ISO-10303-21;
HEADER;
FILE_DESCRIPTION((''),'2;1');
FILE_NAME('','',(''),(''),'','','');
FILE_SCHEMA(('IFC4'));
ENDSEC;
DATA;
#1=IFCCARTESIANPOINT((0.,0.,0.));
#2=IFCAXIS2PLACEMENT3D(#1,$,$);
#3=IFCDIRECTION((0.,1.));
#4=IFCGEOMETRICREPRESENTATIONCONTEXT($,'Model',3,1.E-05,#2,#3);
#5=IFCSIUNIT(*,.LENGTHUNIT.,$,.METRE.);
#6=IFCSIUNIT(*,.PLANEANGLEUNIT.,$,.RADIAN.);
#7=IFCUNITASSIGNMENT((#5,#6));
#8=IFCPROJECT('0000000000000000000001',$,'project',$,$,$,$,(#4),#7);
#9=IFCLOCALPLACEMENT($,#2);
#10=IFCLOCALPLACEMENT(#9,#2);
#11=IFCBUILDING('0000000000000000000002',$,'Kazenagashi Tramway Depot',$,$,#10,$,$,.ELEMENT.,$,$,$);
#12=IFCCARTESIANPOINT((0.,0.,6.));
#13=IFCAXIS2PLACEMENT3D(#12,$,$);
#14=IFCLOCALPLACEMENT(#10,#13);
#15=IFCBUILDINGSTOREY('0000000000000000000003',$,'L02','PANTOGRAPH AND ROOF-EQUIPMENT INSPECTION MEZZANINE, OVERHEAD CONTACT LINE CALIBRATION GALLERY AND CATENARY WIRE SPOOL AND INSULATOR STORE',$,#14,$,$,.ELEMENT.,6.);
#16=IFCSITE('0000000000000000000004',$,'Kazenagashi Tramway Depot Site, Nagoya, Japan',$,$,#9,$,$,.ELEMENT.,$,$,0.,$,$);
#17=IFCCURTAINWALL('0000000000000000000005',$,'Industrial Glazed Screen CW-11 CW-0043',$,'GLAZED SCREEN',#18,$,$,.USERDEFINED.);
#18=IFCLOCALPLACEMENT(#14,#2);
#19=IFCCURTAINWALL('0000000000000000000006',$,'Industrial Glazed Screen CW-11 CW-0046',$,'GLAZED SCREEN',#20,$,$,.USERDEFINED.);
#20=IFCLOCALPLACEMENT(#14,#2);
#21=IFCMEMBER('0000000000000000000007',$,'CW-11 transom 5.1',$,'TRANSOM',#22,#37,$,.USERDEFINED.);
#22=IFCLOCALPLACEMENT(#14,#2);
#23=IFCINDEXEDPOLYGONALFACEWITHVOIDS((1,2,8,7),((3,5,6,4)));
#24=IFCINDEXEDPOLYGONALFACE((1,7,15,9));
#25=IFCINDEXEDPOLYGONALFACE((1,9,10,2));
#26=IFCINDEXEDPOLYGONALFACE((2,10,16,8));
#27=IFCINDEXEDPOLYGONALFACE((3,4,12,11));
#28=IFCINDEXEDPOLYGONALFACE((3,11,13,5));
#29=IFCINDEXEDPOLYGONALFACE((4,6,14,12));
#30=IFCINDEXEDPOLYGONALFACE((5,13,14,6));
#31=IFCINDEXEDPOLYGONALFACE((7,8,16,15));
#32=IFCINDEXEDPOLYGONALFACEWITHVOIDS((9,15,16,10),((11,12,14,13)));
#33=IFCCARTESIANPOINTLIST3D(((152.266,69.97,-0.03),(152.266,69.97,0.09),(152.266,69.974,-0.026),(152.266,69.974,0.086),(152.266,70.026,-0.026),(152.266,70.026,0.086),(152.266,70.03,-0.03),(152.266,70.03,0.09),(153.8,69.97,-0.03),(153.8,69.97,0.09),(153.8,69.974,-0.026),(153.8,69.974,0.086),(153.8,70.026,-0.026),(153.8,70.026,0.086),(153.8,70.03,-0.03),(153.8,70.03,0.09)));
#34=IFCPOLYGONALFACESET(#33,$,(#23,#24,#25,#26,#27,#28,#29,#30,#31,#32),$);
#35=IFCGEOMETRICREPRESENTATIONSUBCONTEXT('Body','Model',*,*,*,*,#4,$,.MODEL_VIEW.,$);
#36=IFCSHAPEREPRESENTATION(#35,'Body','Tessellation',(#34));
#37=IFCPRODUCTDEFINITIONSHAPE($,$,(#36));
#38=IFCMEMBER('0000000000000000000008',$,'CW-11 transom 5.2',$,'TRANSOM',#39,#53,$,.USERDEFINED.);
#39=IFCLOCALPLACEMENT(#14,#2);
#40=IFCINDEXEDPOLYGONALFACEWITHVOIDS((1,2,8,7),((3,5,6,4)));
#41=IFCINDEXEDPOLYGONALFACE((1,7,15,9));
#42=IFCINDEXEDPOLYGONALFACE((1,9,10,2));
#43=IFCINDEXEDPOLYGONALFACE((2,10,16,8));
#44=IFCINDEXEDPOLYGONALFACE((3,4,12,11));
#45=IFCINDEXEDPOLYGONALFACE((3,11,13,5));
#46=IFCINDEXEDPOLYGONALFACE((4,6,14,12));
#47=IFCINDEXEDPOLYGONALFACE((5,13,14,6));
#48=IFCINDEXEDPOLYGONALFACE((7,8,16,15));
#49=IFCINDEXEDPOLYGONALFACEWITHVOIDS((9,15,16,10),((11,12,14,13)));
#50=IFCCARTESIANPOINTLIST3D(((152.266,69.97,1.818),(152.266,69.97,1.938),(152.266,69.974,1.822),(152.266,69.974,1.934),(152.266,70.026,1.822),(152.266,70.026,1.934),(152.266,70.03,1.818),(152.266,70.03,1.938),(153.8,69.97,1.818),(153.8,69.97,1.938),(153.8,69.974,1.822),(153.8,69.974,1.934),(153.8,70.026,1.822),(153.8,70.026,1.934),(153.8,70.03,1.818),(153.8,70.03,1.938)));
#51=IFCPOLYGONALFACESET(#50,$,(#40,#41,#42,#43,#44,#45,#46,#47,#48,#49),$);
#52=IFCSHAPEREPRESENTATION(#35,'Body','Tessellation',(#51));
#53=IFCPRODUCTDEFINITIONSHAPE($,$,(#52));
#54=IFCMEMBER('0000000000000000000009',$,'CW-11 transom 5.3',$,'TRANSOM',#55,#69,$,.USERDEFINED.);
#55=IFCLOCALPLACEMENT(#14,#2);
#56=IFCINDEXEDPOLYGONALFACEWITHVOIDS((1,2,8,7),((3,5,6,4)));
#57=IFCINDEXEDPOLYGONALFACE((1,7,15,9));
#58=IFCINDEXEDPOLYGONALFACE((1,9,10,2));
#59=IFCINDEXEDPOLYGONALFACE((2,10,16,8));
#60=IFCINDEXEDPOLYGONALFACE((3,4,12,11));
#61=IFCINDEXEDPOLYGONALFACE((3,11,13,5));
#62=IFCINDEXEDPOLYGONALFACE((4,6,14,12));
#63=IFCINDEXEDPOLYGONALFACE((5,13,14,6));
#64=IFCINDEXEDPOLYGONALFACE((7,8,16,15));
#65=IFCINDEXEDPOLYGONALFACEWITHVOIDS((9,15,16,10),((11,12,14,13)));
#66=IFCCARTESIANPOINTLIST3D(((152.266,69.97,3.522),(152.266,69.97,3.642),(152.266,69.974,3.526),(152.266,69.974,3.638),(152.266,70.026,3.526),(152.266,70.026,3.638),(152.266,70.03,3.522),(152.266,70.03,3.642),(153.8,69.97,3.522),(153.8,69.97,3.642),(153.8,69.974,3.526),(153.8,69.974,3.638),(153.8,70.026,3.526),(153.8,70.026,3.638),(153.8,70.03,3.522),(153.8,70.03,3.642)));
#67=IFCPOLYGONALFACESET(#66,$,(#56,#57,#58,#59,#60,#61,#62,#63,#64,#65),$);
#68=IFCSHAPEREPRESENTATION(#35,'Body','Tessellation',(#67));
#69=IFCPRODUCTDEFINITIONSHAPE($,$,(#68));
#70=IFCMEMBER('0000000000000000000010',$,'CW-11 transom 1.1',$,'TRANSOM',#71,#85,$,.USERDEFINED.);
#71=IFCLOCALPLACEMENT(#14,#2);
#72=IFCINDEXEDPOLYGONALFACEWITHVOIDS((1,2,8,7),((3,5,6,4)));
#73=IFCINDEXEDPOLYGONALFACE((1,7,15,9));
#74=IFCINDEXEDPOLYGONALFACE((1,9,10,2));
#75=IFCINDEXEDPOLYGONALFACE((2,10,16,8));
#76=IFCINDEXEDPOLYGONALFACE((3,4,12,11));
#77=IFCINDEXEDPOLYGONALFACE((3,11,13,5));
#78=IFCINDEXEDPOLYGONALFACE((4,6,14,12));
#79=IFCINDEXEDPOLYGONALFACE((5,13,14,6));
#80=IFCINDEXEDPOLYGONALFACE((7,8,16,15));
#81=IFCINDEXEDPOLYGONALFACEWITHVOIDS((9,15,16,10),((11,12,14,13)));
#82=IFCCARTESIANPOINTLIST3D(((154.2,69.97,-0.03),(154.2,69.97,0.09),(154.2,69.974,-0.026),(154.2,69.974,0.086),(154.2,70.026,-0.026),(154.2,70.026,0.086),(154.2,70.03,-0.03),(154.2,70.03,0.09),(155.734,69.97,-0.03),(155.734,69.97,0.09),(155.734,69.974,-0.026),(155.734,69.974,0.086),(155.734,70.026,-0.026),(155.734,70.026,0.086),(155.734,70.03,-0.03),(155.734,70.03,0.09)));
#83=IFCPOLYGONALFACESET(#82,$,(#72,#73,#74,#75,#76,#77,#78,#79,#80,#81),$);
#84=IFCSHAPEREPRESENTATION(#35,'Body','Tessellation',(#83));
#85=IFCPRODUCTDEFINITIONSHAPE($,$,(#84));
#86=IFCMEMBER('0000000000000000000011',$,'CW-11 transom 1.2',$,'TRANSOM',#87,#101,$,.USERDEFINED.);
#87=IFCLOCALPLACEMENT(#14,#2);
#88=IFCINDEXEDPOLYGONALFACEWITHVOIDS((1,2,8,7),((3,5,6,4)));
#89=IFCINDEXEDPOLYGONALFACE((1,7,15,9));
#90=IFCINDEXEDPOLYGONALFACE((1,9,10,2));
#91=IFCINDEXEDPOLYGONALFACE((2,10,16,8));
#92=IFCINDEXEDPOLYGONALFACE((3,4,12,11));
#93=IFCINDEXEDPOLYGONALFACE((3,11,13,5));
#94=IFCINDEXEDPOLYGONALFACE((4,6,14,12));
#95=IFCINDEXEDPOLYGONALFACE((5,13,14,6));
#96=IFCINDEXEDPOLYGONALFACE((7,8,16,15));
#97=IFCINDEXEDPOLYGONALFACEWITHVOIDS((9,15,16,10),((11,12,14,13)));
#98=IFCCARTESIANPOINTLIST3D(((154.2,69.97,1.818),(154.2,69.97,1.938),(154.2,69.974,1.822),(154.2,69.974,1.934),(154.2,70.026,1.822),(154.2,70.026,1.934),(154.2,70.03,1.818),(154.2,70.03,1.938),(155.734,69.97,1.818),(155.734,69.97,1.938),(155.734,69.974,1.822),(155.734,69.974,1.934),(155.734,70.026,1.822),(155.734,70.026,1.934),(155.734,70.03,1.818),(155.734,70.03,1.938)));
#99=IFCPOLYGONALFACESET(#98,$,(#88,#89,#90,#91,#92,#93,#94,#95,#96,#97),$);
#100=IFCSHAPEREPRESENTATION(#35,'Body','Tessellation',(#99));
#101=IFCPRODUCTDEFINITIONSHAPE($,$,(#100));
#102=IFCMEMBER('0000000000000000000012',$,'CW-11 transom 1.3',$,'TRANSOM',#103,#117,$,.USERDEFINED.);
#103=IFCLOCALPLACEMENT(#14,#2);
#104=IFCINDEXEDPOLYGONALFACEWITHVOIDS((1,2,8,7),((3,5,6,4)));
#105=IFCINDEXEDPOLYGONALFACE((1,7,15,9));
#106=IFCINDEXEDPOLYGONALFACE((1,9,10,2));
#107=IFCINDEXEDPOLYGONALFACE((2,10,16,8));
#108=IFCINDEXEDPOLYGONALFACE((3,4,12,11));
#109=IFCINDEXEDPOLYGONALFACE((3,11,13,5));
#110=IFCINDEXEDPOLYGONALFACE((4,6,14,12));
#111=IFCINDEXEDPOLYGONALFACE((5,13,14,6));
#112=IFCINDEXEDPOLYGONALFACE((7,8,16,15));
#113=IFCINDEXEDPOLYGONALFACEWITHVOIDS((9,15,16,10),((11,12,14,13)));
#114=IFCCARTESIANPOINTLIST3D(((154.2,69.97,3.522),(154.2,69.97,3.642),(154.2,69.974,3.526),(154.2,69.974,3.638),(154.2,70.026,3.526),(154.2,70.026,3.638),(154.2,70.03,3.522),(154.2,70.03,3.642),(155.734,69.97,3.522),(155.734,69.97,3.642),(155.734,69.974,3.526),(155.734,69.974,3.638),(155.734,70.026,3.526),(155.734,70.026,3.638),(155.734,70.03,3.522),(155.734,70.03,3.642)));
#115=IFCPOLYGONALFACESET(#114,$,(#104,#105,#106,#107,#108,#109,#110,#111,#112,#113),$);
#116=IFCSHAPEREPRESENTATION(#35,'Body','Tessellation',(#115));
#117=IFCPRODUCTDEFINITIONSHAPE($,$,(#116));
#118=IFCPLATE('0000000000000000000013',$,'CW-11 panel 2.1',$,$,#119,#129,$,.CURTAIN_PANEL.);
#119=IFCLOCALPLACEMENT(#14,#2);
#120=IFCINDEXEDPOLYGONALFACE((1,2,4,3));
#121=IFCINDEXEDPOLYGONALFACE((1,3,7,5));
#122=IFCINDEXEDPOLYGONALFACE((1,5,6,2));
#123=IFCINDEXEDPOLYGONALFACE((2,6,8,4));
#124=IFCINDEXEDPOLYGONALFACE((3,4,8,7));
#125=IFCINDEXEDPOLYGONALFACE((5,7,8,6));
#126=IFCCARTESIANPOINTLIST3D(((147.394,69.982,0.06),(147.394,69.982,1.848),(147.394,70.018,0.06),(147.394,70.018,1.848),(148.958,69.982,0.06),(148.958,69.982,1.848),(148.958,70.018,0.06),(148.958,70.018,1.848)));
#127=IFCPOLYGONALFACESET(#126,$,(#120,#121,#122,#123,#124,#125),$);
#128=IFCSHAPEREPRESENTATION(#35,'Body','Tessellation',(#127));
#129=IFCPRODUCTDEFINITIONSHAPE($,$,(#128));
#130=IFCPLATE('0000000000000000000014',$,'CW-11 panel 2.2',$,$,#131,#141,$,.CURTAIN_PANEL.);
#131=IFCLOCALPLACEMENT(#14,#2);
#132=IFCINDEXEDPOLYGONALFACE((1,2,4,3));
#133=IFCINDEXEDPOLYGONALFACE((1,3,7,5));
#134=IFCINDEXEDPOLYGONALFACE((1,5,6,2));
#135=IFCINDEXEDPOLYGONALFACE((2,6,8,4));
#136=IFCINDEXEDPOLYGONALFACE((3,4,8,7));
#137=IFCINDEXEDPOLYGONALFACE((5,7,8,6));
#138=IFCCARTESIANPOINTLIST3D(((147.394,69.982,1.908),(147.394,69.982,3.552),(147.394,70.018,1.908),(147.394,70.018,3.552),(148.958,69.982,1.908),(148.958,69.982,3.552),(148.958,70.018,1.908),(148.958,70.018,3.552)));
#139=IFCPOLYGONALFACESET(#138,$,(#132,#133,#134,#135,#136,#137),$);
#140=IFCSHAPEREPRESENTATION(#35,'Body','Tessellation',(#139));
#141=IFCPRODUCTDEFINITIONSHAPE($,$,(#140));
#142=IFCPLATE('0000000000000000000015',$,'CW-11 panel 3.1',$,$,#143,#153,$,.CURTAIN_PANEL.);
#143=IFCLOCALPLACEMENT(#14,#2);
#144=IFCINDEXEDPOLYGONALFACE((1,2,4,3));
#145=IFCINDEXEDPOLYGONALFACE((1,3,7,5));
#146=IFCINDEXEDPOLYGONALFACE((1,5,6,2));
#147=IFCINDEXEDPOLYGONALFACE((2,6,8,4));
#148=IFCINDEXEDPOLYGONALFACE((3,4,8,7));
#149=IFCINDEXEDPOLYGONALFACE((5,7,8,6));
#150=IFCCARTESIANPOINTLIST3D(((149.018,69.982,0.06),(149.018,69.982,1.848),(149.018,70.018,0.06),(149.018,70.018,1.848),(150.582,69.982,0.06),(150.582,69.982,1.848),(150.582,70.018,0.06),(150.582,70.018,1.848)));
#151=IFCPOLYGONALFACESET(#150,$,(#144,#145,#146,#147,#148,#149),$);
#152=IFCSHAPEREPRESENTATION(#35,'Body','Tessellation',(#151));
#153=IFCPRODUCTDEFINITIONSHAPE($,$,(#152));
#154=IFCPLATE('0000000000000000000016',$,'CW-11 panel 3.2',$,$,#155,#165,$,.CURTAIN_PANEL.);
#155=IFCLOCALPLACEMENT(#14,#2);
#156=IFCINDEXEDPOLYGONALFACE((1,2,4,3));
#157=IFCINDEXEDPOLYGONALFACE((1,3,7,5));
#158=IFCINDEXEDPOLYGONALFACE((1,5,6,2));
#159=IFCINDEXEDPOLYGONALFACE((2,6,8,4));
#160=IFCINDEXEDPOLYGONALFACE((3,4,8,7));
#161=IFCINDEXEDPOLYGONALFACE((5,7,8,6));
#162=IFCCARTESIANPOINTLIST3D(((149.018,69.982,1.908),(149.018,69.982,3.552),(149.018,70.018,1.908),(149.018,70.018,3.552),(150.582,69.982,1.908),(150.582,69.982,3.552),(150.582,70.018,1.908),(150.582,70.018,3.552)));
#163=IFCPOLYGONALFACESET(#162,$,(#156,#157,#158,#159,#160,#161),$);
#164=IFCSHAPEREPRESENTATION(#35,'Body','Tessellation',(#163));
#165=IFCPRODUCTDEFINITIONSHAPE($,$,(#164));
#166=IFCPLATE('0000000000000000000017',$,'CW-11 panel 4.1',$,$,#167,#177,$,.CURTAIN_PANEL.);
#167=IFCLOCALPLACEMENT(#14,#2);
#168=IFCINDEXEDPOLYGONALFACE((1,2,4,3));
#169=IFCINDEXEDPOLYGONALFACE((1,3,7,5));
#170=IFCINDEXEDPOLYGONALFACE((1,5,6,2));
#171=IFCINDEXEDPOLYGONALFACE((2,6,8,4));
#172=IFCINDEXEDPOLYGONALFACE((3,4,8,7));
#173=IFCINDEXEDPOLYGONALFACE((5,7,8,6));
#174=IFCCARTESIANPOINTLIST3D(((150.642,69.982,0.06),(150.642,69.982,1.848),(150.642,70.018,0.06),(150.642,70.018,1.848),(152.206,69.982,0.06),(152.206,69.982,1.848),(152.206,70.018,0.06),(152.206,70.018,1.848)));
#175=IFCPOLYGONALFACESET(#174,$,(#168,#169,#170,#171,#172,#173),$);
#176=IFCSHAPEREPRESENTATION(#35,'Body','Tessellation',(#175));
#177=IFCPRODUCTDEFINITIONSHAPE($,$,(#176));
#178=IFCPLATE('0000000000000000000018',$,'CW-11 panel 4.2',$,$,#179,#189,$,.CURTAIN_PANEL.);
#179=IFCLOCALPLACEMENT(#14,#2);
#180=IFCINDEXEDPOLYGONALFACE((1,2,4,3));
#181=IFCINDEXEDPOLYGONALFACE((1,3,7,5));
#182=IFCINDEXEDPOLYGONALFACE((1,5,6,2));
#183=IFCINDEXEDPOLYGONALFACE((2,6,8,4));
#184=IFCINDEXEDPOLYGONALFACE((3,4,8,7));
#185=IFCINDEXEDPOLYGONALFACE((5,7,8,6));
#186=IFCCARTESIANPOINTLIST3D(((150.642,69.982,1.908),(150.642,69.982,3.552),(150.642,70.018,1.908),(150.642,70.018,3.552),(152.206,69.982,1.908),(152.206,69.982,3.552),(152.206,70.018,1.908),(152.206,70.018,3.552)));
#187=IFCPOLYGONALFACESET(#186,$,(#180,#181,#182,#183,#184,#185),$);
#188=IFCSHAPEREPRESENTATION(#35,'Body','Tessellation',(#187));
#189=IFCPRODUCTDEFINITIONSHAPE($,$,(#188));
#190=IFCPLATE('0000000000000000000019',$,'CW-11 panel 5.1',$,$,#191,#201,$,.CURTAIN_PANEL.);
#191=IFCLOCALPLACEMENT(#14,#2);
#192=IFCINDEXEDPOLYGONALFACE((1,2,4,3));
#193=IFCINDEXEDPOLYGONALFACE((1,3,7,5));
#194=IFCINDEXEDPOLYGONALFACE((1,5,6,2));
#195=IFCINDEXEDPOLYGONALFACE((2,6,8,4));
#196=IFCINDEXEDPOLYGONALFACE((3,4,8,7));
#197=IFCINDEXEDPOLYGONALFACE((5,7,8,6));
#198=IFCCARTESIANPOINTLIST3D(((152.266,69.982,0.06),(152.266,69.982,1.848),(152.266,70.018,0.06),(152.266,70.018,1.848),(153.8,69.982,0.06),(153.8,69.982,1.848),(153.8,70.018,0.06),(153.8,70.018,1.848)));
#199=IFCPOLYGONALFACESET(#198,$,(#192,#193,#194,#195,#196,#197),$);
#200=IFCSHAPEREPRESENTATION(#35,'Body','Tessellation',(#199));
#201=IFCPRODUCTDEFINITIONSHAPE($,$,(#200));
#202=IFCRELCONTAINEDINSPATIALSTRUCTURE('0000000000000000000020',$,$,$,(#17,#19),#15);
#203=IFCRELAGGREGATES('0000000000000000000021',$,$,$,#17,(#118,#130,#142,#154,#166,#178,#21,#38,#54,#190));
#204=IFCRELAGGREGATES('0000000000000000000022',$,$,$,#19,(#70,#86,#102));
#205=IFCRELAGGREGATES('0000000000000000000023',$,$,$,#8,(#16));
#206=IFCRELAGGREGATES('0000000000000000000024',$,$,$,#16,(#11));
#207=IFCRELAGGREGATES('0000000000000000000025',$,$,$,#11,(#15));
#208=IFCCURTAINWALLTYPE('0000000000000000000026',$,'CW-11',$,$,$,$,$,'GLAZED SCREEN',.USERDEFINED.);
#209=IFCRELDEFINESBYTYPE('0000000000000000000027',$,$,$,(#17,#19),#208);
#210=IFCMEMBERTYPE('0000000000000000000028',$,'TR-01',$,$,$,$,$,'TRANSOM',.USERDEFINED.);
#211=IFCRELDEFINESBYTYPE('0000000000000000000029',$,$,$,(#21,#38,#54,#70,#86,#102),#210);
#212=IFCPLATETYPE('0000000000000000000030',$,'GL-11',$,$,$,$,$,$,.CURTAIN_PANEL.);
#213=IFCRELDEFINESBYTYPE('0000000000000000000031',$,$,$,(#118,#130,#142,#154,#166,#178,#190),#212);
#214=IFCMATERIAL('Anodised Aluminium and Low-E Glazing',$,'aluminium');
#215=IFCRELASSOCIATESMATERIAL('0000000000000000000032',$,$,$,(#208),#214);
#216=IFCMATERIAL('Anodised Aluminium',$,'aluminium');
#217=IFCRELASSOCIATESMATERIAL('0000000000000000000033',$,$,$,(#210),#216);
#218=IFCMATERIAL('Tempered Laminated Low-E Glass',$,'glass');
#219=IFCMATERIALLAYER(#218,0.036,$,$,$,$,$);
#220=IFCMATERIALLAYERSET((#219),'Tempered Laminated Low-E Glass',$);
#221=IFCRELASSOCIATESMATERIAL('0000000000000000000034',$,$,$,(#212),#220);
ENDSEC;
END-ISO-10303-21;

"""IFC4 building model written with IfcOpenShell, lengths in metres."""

from ifc_helpers import new_model, si_unit, direction, frame, origin, origin_2d, place, context, subcontext, project, spatial, rectangle, hollow_rectangle, extrude, material, layer, layer_set, material_profile, profile_set, type_object, element, aggregate, save


model = new_model("IFC4")

# Units and contexts
model_context = context("Model", 3, precision=1e-05, world=origin(), true_north=direction((0.0, 1.0)))
body_context = subcontext(model_context, "Body", "Model", "MODEL_VIEW")
ifc_project = project(units=[si_unit("LENGTHUNIT", "METRE"), si_unit("PLANEANGLEUNIT", "RADIAN")], contexts=[model_context])

# Site, building, storey
site_placement = place(None, origin())
site = spatial("IfcSite", under=ifc_project, at=site_placement, Name="Kazenagashi Tramway Depot Site, Nagoya, Japan", CompositionType="ELEMENT", RefElevation=0.0)
building_placement = place(site_placement, origin())
building = spatial("IfcBuilding", under=site, at=building_placement, Name="Kazenagashi Tramway Depot", CompositionType="ELEMENT")
storey_placement = place(building_placement, frame((0.0, 0.0, 6.0)))
storey = spatial("IfcBuildingStorey", under=building, at=storey_placement, Name="L02", Description="PANTOGRAPH AND ROOF-EQUIPMENT INSPECTION MEZZANINE, OVERHEAD CONTACT LINE CALIBRATION GALLERY AND CATENARY WIRE SPOOL AND INSULATOR STORE", CompositionType="ELEMENT", Elevation=6.0)

# Curtain wall
ifc_material_1 = material(Name="Anodised Aluminium and Low-E Glazing", Category="aluminium")
curtain_wall_type = type_object("IfcCurtainWallType", Name="CW-11", ElementType="GLAZED SCREEN", PredefinedType="USERDEFINED", material=ifc_material_1)
curtain_wall_1_placement = place(storey_placement, origin())
curtain_wall_1 = element("IfcCurtainWall", 1, at=curtain_wall_1_placement, inside=storey, type_object=curtain_wall_type, Name="Industrial Glazed Screen CW-11 CW-0043", ObjectType="GLAZED SCREEN", PredefinedType="USERDEFINED")
ifc_material_2 = material(Name="Anodised Aluminium", Category="aluminium")

# Curtain wall
curtain_wall_2_placement = place(storey_placement, origin())
curtain_wall_2 = element("IfcCurtainWall", 2, at=curtain_wall_2_placement, inside=storey, type_object=curtain_wall_type, Name="Industrial Glazed Screen CW-11 CW-0046", ObjectType="GLAZED SCREEN", PredefinedType="USERDEFINED")

# Members
ifc_material_profile_1 = material_profile(ifc_material_2, hollow_rectangle(XDim=0.06, YDim=0.12, WallThickness=0.004, at=origin_2d()), Name="RHS-120x60x4")
ifc_profile_set_1 = profile_set([ifc_material_profile_1], Name="Anodised Aluminium")
member_type_1 = type_object("IfcMemberType", Name="TR-01", ElementType="TRANSOM", PredefinedType="USERDEFINED", material=ifc_profile_set_1)
member_1_placement = place(storey_placement, frame((152.266, 70.0, 0.03), z_axis=(1.0, 0.0, 0.0), x_axis=(0.0, 1.0, 0.0)))
member_1 = element("IfcMember", 3, at=member_1_placement, type_object=member_type_1, Name="CW-11 transom 5.1", ObjectType="TRANSOM", PredefinedType="USERDEFINED", context=body_context, shape_type="SweptSolid", body=[
    extrude(hollow_rectangle(XDim=0.06, YDim=0.12, WallThickness=0.004, at=origin_2d()), origin(), (0.0, 0.0, 1.0), 1.534),
])
member_2_placement = place(storey_placement, frame((152.266, 70.0, 1.878), z_axis=(1.0, 0.0, 0.0), x_axis=(0.0, 1.0, 0.0)))
member_2 = element("IfcMember", 4, at=member_2_placement, type_object=member_type_1, Name="CW-11 transom 5.2", ObjectType="TRANSOM", PredefinedType="USERDEFINED", context=body_context, shape_type="SweptSolid", body=[
    extrude(hollow_rectangle(XDim=0.06, YDim=0.12, WallThickness=0.004, at=origin_2d()), origin(), (0.0, 0.0, 1.0), 1.534),
])
member_3_placement = place(storey_placement, frame((152.266, 70.0, 3.582), z_axis=(1.0, 0.0, 0.0), x_axis=(0.0, 1.0, 0.0)))
member_3 = element("IfcMember", 5, at=member_3_placement, type_object=member_type_1, Name="CW-11 transom 5.3", ObjectType="TRANSOM", PredefinedType="USERDEFINED", context=body_context, shape_type="SweptSolid", body=[
    extrude(hollow_rectangle(XDim=0.06, YDim=0.12, WallThickness=0.004, at=origin_2d()), origin(), (0.0, 0.0, 1.0), 1.534),
])
member_4_placement = place(storey_placement, frame((154.2, 70.0, 0.03), z_axis=(1.0, 0.0, 0.0), x_axis=(0.0, 1.0, 0.0)))
member_4 = element("IfcMember", 6, at=member_4_placement, type_object=member_type_1, Name="CW-11 transom 1.1", ObjectType="TRANSOM", PredefinedType="USERDEFINED", context=body_context, shape_type="SweptSolid", body=[
    extrude(hollow_rectangle(XDim=0.06, YDim=0.12, WallThickness=0.004, at=origin_2d()), origin(), (0.0, 0.0, 1.0), 1.534),
])
member_5_placement = place(storey_placement, frame((154.2, 70.0, 1.878), z_axis=(1.0, 0.0, 0.0), x_axis=(0.0, 1.0, 0.0)))
member_5 = element("IfcMember", 7, at=member_5_placement, type_object=member_type_1, Name="CW-11 transom 1.2", ObjectType="TRANSOM", PredefinedType="USERDEFINED", context=body_context, shape_type="SweptSolid", body=[
    extrude(hollow_rectangle(XDim=0.06, YDim=0.12, WallThickness=0.004, at=origin_2d()), origin(), (0.0, 0.0, 1.0), 1.534),
])
member_6_placement = place(storey_placement, frame((154.2, 70.0, 3.582), z_axis=(1.0, 0.0, 0.0), x_axis=(0.0, 1.0, 0.0)))
member_6 = element("IfcMember", 8, at=member_6_placement, type_object=member_type_1, Name="CW-11 transom 1.3", ObjectType="TRANSOM", PredefinedType="USERDEFINED", context=body_context, shape_type="SweptSolid", body=[
    extrude(hollow_rectangle(XDim=0.06, YDim=0.12, WallThickness=0.004, at=origin_2d()), origin(), (0.0, 0.0, 1.0), 1.534),
])

# Plates
ifc_material_3 = material(Name="Tempered Laminated Low-E Glass", Category="glass")
ifc_layer_1 = layer(ifc_material_3, 0.036)
ifc_layer_set_1 = layer_set([ifc_layer_1], Name="Tempered Laminated Low-E Glass")
plate_type_1 = type_object("IfcPlateType", Name="GL-11", PredefinedType="CURTAIN_PANEL", material=ifc_layer_set_1)
plate_1_placement = place(storey_placement, frame((148.176, 70.0, 0.06), z_axis=(0.0, 0.0, 1.0), x_axis=(1.0, 0.0, 0.0)))
plate_1 = element("IfcPlate", 9, at=plate_1_placement, type_object=plate_type_1, Name="CW-11 panel 2.1", PredefinedType="CURTAIN_PANEL", context=body_context, shape_type="SweptSolid", body=[
    extrude(rectangle(XDim=1.564, YDim=0.036, at=origin_2d()), origin(), (0.0, 0.0, 1.0), 1.788),
])
plate_2_placement = place(storey_placement, frame((148.176, 70.0, 1.908), z_axis=(0.0, 0.0, 1.0), x_axis=(1.0, 0.0, 0.0)))
plate_2 = element("IfcPlate", 10, at=plate_2_placement, type_object=plate_type_1, Name="CW-11 panel 2.2", PredefinedType="CURTAIN_PANEL", context=body_context, shape_type="SweptSolid", body=[
    extrude(rectangle(XDim=1.564, YDim=0.036, at=origin_2d()), origin(), (0.0, 0.0, 1.0), 1.644),
])
plate_3_placement = place(storey_placement, frame((149.8, 70.0, 0.06), z_axis=(0.0, 0.0, 1.0), x_axis=(1.0, 0.0, 0.0)))
plate_3 = element("IfcPlate", 11, at=plate_3_placement, type_object=plate_type_1, Name="CW-11 panel 3.1", PredefinedType="CURTAIN_PANEL", context=body_context, shape_type="SweptSolid", body=[
    extrude(rectangle(XDim=1.564, YDim=0.036, at=origin_2d()), origin(), (0.0, 0.0, 1.0), 1.788),
])
plate_4_placement = place(storey_placement, frame((149.8, 70.0, 1.908), z_axis=(0.0, 0.0, 1.0), x_axis=(1.0, 0.0, 0.0)))
plate_4 = element("IfcPlate", 12, at=plate_4_placement, type_object=plate_type_1, Name="CW-11 panel 3.2", PredefinedType="CURTAIN_PANEL", context=body_context, shape_type="SweptSolid", body=[
    extrude(rectangle(XDim=1.564, YDim=0.036, at=origin_2d()), origin(), (0.0, 0.0, 1.0), 1.644),
])
plate_5_placement = place(storey_placement, frame((151.424, 70.0, 0.06), z_axis=(0.0, 0.0, 1.0), x_axis=(1.0, 0.0, 0.0)))
plate_5 = element("IfcPlate", 13, at=plate_5_placement, type_object=plate_type_1, Name="CW-11 panel 4.1", PredefinedType="CURTAIN_PANEL", context=body_context, shape_type="SweptSolid", body=[
    extrude(rectangle(XDim=1.564, YDim=0.036, at=origin_2d()), origin(), (0.0, 0.0, 1.0), 1.788),
])
plate_6_placement = place(storey_placement, frame((151.424, 70.0, 1.908), z_axis=(0.0, 0.0, 1.0), x_axis=(1.0, 0.0, 0.0)))
plate_6 = element("IfcPlate", 14, at=plate_6_placement, type_object=plate_type_1, Name="CW-11 panel 4.2", PredefinedType="CURTAIN_PANEL", context=body_context, shape_type="SweptSolid", body=[
    extrude(rectangle(XDim=1.564, YDim=0.036, at=origin_2d()), origin(), (0.0, 0.0, 1.0), 1.644),
])
plate_7_placement = place(storey_placement, frame((153.033, 70.0, 0.06), z_axis=(0.0, 0.0, 1.0), x_axis=(1.0, 0.0, 0.0)))
plate_7 = element("IfcPlate", 15, at=plate_7_placement, type_object=plate_type_1, Name="CW-11 panel 5.1", PredefinedType="CURTAIN_PANEL", context=body_context, shape_type="SweptSolid", body=[
    extrude(rectangle(XDim=1.534, YDim=0.036, at=origin_2d()), origin(), (0.0, 0.0, 1.0), 1.788),
])
aggregate(curtain_wall_1, [plate_1, plate_2, plate_3, plate_4, plate_5, plate_6, member_1, member_2, member_3, plate_7])
aggregate(curtain_wall_2, [member_4, member_5, member_6])

save(model, "model.ifc")
